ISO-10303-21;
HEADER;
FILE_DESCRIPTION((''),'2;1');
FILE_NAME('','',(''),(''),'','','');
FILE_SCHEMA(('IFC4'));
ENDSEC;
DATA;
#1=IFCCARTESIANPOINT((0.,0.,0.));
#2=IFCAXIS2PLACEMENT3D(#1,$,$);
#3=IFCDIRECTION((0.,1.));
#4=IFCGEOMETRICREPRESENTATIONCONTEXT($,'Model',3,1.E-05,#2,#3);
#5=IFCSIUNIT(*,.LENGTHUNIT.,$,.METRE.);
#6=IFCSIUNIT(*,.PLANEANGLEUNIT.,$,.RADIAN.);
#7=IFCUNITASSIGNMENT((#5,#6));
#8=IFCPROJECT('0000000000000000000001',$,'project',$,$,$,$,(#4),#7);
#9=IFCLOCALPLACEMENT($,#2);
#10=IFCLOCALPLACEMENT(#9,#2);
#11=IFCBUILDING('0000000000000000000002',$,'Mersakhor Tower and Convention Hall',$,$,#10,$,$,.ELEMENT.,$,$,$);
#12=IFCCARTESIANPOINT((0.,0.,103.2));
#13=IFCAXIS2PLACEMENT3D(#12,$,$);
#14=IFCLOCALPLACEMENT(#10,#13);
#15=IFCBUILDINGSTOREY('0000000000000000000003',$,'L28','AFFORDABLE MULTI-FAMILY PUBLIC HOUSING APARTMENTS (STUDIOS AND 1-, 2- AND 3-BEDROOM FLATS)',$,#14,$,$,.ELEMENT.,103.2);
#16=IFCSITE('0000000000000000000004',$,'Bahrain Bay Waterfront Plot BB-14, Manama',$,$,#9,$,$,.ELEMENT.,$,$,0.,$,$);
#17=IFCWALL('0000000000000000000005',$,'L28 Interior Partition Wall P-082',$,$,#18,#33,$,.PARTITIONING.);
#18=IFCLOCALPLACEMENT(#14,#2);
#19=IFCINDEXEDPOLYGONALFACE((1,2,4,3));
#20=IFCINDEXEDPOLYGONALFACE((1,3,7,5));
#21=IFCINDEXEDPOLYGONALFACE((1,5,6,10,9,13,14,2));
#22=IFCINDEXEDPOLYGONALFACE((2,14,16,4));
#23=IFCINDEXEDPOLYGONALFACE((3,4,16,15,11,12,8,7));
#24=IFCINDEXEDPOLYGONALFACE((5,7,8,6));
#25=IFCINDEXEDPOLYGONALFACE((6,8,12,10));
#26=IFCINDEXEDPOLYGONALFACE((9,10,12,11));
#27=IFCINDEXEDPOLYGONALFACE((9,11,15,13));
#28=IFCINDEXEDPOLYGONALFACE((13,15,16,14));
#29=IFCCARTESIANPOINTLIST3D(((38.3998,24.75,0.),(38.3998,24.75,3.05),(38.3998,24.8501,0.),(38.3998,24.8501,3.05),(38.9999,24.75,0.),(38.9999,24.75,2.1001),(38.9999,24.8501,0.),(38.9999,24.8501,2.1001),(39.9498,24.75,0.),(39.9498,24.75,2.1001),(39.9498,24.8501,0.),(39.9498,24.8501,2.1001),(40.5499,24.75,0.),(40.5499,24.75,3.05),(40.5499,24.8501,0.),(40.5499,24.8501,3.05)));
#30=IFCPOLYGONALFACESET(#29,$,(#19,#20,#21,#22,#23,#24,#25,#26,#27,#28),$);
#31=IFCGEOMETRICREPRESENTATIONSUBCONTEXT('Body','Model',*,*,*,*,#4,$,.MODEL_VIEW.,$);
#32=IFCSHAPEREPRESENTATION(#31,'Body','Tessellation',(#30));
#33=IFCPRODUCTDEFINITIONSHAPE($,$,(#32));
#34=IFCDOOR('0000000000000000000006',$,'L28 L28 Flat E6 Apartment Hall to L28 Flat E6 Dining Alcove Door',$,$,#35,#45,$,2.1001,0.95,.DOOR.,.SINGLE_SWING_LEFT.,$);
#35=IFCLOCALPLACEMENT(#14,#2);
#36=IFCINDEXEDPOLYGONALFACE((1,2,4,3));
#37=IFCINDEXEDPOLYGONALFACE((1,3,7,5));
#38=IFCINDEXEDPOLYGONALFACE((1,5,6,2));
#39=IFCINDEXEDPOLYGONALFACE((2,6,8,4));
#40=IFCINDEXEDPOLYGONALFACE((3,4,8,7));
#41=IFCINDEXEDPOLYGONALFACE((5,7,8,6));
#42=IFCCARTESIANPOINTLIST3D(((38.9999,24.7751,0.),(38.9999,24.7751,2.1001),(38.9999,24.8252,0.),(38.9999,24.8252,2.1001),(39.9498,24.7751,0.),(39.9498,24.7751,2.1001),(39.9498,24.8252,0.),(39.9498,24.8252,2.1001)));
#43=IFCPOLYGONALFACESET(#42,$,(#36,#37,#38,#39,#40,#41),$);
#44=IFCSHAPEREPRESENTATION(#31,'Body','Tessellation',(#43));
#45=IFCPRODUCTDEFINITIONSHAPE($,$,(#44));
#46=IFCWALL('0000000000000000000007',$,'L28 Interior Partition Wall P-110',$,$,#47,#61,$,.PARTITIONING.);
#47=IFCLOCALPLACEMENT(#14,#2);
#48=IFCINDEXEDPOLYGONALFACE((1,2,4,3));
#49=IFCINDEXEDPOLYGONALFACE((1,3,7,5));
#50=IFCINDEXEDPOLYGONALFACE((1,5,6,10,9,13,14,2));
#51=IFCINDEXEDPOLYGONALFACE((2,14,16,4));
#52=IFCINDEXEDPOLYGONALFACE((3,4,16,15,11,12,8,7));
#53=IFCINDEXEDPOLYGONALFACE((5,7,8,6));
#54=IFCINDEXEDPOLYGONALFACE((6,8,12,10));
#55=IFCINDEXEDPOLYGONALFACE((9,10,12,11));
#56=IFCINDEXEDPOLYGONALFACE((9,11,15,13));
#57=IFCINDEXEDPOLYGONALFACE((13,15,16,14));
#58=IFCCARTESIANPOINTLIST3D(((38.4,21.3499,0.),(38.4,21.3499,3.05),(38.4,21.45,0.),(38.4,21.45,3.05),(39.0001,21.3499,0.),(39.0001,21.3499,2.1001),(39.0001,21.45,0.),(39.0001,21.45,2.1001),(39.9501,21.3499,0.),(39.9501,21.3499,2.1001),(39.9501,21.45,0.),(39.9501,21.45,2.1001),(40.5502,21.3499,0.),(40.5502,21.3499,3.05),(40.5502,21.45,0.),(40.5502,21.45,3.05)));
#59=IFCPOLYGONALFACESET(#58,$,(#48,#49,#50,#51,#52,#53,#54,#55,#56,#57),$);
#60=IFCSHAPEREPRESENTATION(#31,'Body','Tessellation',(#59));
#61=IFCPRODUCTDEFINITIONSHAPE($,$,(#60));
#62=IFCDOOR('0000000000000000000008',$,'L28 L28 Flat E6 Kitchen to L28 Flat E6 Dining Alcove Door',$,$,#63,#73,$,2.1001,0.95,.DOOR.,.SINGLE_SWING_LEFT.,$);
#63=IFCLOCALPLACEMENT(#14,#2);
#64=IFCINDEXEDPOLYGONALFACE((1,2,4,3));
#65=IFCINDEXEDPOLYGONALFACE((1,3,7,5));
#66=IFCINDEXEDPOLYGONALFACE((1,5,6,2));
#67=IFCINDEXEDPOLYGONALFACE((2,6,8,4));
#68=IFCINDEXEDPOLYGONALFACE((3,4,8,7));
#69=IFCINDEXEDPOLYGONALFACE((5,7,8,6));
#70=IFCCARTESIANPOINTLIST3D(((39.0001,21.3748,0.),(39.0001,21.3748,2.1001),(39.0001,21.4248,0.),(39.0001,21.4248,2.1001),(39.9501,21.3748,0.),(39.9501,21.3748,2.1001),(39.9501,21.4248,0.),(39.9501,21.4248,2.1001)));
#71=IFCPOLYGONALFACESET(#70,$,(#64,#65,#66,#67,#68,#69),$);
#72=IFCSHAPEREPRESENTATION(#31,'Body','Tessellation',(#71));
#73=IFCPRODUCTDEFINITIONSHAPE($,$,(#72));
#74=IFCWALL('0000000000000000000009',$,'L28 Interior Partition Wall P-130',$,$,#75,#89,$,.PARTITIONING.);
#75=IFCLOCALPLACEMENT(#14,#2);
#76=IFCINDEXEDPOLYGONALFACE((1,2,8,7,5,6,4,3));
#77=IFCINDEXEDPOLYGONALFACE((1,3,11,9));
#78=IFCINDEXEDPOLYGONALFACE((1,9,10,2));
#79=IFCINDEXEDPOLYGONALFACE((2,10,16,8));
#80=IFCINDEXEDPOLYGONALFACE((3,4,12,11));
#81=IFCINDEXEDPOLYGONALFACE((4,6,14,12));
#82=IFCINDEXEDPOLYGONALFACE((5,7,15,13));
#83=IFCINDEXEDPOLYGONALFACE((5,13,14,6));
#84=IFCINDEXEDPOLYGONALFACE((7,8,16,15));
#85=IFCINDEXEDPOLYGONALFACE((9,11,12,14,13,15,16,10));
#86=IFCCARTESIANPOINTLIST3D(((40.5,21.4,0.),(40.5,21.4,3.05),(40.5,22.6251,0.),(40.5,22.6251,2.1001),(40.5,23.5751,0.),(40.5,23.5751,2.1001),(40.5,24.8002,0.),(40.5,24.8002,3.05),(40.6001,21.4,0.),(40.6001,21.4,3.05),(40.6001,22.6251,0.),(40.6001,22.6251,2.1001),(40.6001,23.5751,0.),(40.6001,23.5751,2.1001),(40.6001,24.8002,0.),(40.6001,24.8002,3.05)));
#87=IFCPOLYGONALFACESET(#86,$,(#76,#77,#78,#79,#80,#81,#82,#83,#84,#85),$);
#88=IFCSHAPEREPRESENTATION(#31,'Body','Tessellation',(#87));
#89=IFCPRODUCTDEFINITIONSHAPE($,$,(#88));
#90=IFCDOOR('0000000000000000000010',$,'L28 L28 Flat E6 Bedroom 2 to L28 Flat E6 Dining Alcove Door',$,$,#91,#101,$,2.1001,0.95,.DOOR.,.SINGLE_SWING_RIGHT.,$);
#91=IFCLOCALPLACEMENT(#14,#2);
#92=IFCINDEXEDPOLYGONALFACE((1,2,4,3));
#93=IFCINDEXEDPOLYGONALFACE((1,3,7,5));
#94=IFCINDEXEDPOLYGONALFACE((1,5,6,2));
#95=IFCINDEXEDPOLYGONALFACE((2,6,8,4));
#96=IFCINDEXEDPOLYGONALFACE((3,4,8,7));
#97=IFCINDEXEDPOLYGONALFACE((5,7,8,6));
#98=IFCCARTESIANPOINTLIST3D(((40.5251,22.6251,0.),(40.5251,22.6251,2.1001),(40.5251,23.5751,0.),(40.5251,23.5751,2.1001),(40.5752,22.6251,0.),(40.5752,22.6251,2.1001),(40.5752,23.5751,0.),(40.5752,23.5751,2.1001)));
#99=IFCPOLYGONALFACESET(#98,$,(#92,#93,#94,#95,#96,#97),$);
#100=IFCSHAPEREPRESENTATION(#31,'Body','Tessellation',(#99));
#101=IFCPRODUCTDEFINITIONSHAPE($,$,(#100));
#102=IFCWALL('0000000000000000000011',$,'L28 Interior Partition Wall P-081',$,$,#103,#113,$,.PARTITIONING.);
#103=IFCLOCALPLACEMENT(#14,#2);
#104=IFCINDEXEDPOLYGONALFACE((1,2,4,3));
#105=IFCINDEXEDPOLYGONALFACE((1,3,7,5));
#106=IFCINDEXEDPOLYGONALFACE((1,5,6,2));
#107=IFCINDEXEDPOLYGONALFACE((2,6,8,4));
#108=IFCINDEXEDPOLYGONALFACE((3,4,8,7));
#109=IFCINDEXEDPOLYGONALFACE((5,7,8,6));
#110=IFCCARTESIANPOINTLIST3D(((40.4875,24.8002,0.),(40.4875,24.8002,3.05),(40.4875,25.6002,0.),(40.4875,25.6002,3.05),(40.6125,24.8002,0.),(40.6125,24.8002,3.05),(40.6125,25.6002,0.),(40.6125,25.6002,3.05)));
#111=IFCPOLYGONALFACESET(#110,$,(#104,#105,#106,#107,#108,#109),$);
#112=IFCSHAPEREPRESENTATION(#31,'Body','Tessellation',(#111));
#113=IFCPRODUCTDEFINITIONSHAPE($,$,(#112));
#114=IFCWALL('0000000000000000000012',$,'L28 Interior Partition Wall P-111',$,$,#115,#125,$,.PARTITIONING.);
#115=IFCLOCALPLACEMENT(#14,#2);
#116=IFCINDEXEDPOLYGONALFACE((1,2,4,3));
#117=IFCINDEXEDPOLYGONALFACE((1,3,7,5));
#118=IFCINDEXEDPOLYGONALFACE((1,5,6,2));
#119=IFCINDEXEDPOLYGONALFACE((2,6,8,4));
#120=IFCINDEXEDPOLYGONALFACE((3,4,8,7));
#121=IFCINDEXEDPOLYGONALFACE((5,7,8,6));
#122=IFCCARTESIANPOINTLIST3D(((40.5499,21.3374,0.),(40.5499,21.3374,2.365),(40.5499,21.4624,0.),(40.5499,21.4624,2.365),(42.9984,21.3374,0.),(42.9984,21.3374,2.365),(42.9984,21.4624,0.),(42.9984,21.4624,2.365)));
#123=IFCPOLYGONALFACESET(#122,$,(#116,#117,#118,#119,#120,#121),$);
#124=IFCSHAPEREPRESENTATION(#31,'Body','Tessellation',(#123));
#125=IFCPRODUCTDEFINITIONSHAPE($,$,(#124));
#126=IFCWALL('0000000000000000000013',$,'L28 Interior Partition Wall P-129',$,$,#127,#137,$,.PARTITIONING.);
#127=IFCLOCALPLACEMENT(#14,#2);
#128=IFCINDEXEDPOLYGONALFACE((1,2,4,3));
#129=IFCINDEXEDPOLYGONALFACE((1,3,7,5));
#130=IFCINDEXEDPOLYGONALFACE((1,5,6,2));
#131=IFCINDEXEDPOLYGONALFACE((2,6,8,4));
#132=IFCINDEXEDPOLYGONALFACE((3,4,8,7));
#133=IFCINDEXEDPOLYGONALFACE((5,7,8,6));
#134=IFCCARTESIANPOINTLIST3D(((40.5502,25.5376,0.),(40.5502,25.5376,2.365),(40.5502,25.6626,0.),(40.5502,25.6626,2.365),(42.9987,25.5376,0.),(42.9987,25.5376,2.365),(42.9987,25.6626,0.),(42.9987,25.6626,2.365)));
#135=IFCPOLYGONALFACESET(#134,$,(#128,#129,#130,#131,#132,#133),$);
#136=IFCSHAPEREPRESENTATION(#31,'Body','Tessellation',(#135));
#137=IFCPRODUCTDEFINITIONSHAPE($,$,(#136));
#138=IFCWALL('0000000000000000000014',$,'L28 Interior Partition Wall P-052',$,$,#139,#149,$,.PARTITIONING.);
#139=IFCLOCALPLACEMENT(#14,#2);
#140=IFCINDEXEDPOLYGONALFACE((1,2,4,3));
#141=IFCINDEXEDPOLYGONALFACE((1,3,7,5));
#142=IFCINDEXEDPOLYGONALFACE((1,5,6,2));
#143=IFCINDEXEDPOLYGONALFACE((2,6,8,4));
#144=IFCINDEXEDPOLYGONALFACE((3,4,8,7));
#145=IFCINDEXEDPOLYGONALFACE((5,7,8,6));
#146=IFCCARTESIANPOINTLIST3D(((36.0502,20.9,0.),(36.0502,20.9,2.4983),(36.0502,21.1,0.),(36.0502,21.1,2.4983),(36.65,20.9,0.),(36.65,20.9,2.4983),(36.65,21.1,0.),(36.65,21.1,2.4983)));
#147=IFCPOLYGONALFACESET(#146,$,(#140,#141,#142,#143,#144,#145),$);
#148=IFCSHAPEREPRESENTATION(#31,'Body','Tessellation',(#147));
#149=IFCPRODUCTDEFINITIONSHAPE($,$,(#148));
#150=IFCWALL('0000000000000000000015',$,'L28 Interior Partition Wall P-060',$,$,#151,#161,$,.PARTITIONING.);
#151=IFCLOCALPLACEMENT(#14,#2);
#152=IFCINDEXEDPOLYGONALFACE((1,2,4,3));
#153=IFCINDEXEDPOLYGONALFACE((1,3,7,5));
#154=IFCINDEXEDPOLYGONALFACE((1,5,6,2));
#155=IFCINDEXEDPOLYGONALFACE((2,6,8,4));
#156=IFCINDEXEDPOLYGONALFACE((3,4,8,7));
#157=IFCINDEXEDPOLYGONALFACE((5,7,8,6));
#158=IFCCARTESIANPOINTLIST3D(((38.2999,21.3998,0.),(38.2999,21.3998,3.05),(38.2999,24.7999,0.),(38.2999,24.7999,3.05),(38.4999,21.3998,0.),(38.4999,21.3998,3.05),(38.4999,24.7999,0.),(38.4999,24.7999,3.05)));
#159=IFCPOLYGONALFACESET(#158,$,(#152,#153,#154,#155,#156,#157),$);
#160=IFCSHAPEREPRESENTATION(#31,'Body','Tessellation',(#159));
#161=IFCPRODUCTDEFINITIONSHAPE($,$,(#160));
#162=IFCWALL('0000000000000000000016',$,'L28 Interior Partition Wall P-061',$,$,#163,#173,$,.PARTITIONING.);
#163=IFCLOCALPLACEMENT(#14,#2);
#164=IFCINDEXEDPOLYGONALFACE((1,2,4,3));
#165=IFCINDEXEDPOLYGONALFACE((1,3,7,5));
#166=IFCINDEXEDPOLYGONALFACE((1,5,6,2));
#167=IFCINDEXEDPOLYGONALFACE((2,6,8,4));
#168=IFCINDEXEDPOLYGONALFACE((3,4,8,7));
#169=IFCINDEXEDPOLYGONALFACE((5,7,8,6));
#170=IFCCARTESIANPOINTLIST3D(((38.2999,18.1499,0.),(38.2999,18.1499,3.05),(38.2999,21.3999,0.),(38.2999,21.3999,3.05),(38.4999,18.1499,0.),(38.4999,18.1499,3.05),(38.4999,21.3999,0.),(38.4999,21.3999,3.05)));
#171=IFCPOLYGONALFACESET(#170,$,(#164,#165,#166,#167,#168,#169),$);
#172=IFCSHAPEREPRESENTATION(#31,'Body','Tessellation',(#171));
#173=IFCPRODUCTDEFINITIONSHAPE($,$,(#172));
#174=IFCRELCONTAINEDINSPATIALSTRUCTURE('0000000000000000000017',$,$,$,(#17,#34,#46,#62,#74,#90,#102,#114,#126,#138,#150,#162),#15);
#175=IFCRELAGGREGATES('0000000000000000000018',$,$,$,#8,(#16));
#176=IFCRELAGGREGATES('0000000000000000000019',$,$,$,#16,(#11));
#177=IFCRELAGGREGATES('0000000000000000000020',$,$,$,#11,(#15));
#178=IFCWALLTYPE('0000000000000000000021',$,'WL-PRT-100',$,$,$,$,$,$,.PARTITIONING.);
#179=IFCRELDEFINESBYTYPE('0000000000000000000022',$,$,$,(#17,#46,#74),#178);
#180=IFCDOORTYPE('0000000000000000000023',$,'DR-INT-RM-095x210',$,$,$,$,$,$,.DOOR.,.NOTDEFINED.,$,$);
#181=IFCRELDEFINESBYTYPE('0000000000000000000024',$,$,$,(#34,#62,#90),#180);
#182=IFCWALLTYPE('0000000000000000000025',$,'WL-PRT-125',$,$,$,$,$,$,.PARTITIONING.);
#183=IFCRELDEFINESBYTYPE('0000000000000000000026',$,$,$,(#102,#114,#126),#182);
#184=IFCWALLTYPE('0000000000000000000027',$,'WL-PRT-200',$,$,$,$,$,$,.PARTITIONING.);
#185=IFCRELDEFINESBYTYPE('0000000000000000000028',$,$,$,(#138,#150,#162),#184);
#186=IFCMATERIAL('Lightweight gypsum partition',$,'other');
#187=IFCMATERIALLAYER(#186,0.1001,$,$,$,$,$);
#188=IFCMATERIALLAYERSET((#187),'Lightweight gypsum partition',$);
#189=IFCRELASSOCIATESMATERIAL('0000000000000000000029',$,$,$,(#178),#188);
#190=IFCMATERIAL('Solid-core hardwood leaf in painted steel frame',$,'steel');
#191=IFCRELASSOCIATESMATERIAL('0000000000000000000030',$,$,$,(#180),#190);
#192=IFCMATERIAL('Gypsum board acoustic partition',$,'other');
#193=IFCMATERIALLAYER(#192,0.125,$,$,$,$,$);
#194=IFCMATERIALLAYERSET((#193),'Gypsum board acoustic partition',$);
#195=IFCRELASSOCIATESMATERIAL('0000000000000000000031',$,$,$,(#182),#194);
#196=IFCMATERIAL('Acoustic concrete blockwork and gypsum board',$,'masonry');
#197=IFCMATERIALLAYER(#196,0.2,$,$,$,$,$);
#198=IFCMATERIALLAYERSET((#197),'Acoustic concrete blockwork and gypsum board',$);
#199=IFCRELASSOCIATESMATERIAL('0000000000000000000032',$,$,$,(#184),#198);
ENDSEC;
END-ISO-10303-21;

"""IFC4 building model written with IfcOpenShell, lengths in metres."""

from ifc_helpers import new_model, si_unit, direction, frame, frame_2d, origin, place, context, subcontext, project, spatial, rectangle, extrude, material, layer, layer_set, type_object, element, fill, save


model = new_model("IFC4")

# Units and contexts
model_context = context("Model", 3, precision=1e-05, world=origin(), true_north=direction((0.0, 1.0)))
body_context = subcontext(model_context, "Body", "Model", "MODEL_VIEW")
ifc_project = project(units=[si_unit("LENGTHUNIT", "METRE"), si_unit("PLANEANGLEUNIT", "RADIAN")], contexts=[model_context])

# Site, building, storey
site_placement = place(None, origin())
site = spatial("IfcSite", under=ifc_project, at=site_placement, Name="Bahrain Bay Waterfront Plot BB-14, Manama", CompositionType="ELEMENT", RefElevation=0.0)
building_placement = place(site_placement, origin())
building = spatial("IfcBuilding", under=site, at=building_placement, Name="Mersakhor Tower and Convention Hall", CompositionType="ELEMENT")
storey_placement = place(building_placement, frame((0.0, 0.0, 103.2)))
storey = spatial("IfcBuildingStorey", under=building, at=storey_placement, Name="L28", Description="AFFORDABLE MULTI-FAMILY PUBLIC HOUSING APARTMENTS (STUDIOS AND 1-, 2- AND 3-BEDROOM FLATS)", CompositionType="ELEMENT", Elevation=103.2)

# Walls, openings, doors
ifc_material_1 = material(Name="Lightweight gypsum partition", Category="other")
ifc_layer_1 = layer(ifc_material_1, 0.1001)
ifc_layer_set_1 = layer_set([ifc_layer_1], Name="Lightweight gypsum partition")
wall_type_1 = type_object("IfcWallType", Name="WL-PRT-100", PredefinedType="PARTITIONING", material=ifc_layer_set_1)
wall_1_placement = place(storey_placement, frame((40.55, 24.8, 0.0), z_axis=(0.0, 0.0, 1.0), x_axis=(-1.0, 0.0, 0.0)))
wall_1 = element("IfcWall", 1, at=wall_1_placement, inside=storey, type_object=wall_type_1, Name="L28 Interior Partition Wall P-082", PredefinedType="PARTITIONING", context=body_context, shape_type="SweptSolid", body=[
    extrude(rectangle(XDim=2.1501, YDim=0.1001, at=frame_2d((1.0752, 0.0))), origin(), (0.0, 0.0, 1.0), 3.05),
])
opening_1_placement = place(wall_1_placement, frame((0.6001, 0.0, 0.0)))
opening_1 = element("IfcOpeningElement", 2, at=opening_1_placement, cuts=wall_1, PredefinedType="OPENING", context=body_context, shape_type="SweptSolid", body=[
    extrude(rectangle(XDim=0.95, YDim=2.1001, at=frame_2d((0.4751, 1.05))), frame((0.0, 0.0601, 0.0), z_axis=(0.0, -1.0, 0.0), x_axis=(1.0, 0.0, 0.0)), (0.0, 0.0, 1.0), 0.1201),
])
ifc_material_2 = material(Name="Solid-core hardwood leaf in painted steel frame", Category="steel")
door_type = type_object("IfcDoorType", Name="DR-INT-RM-095x210", OperationType="NOTDEFINED", PredefinedType="DOOR", material=ifc_material_2)
door_1_placement = place(opening_1_placement, origin())
door_1 = element("IfcDoor", 3, at=door_1_placement, inside=storey, type_object=door_type, Name="L28 L28 Flat E6 Apartment Hall to L28 Flat E6 Dining Alcove Door", OperationType="SINGLE_SWING_LEFT", OverallHeight=2.1001, OverallWidth=0.95, PredefinedType="DOOR", context=body_context, shape_type="SweptSolid", body=[
    extrude(rectangle(XDim=0.95, YDim=2.1001, at=frame_2d((0.4751, 1.05))), frame((0.0, 0.0249, 0.0), z_axis=(0.0, -1.0, 0.0), x_axis=(1.0, 0.0, 0.0)), (0.0, 0.0, 1.0), 0.05),
])
fill(opening_1, door_1)
wall_2_placement = place(storey_placement, frame((38.3999, 21.3999, 0.0), z_axis=(0.0, 0.0, 1.0), x_axis=(1.0, 0.0, 0.0)))
wall_2 = element("IfcWall", 4, at=wall_2_placement, inside=storey, type_object=wall_type_1, Name="L28 Interior Partition Wall P-110", PredefinedType="PARTITIONING", context=body_context, shape_type="SweptSolid", body=[
    extrude(rectangle(XDim=2.1501, YDim=0.1001, at=frame_2d((1.0752, 0.0))), origin(), (0.0, 0.0, 1.0), 3.05),
])
opening_2_placement = place(wall_2_placement, frame((0.6001, 0.0, 0.0)))
opening_2 = element("IfcOpeningElement", 5, at=opening_2_placement, cuts=wall_2, PredefinedType="OPENING", context=body_context, shape_type="SweptSolid", body=[
    extrude(rectangle(XDim=0.95, YDim=2.1001, at=frame_2d((0.4751, 1.05))), frame((0.0, 0.0601, 0.0), z_axis=(0.0, -1.0, 0.0), x_axis=(1.0, 0.0, 0.0)), (0.0, 0.0, 1.0), 0.1201),
])
door_2_placement = place(opening_2_placement, origin())
door_2 = element("IfcDoor", 6, at=door_2_placement, inside=storey, type_object=door_type, Name="L28 L28 Flat E6 Kitchen to L28 Flat E6 Dining Alcove Door", OperationType="SINGLE_SWING_LEFT", OverallHeight=2.1001, OverallWidth=0.95, PredefinedType="DOOR", context=body_context, shape_type="SweptSolid", body=[
    extrude(rectangle(XDim=0.95, YDim=2.1001, at=frame_2d((0.4751, 1.05))), frame((0.0, 0.0249, 0.0), z_axis=(0.0, -1.0, 0.0), x_axis=(1.0, 0.0, 0.0)), (0.0, 0.0, 1.0), 0.05),
])
fill(opening_2, door_2)
wall_3_placement = place(storey_placement, frame((40.55, 21.3999, 0.0), z_axis=(0.0, 0.0, 1.0), x_axis=(0.0, 1.0, 0.0)))
wall_3 = element("IfcWall", 7, at=wall_3_placement, inside=storey, type_object=wall_type_1, Name="L28 Interior Partition Wall P-130", PredefinedType="PARTITIONING", context=body_context, shape_type="SweptSolid", body=[
    extrude(rectangle(XDim=3.4001, YDim=0.1001, at=frame_2d((1.7002, 0.0))), origin(), (0.0, 0.0, 1.0), 3.05),
])
opening_3_placement = place(wall_3_placement, frame((1.2251, 0.0, 0.0)))
opening_3 = element("IfcOpeningElement", 8, at=opening_3_placement, cuts=wall_3, PredefinedType="OPENING", context=body_context, shape_type="SweptSolid", body=[
    extrude(rectangle(XDim=0.95, YDim=2.1001, at=frame_2d((0.4751, 1.05))), frame((0.0, 0.0601, 0.0), z_axis=(0.0, -1.0, 0.0), x_axis=(1.0, 0.0, 0.0)), (0.0, 0.0, 1.0), 0.1201),
])
door_3_placement = place(opening_3_placement, origin())
door_3 = element("IfcDoor", 9, at=door_3_placement, inside=storey, type_object=door_type, Name="L28 L28 Flat E6 Bedroom 2 to L28 Flat E6 Dining Alcove Door", OperationType="SINGLE_SWING_RIGHT", OverallHeight=2.1001, OverallWidth=0.95, PredefinedType="DOOR", context=body_context, shape_type="SweptSolid", body=[
    extrude(rectangle(XDim=0.95, YDim=2.1001, at=frame_2d((0.4751, 1.05))), frame((0.0, 0.0249, 0.0), z_axis=(0.0, -1.0, 0.0), x_axis=(1.0, 0.0, 0.0)), (0.0, 0.0, 1.0), 0.05),
])
fill(opening_3, door_3)

# Walls
ifc_material_3 = material(Name="Gypsum board acoustic partition", Category="other")
ifc_layer_2 = layer(ifc_material_3, 0.125)
ifc_layer_set_2 = layer_set([ifc_layer_2], Name="Gypsum board acoustic partition")
wall_type_2 = type_object("IfcWallType", Name="WL-PRT-125", PredefinedType="PARTITIONING", material=ifc_layer_set_2)
wall_4_placement = place(storey_placement, frame((40.55, 25.6001, 0.0), z_axis=(0.0, 0.0, 1.0), x_axis=(0.0, -1.0, 0.0)))
element("IfcWall", 10, at=wall_4_placement, inside=storey, type_object=wall_type_2, Name="L28 Interior Partition Wall P-081", PredefinedType="PARTITIONING", context=body_context, shape_type="SweptSolid", body=[
    extrude(rectangle(XDim=0.8, YDim=0.125, at=frame_2d((0.3999, 0.0))), origin(), (0.0, 0.0, 1.0), 3.05),
])
for number, where, z_axis, x_axis, name in (
    (11, (40.55, 21.3999, 0.0), (0.0, 0.0, 1.0), (1.0, 0.0, 0.0), "L28 Interior Partition Wall P-111"),
    (12, (42.9985, 25.6001, 0.0), (0.0, 0.0, 1.0), (-1.0, 0.0, 0.0), "L28 Interior Partition Wall P-129"),
):
    element("IfcWall", number, at=place(storey_placement, frame(where, z_axis=z_axis, x_axis=x_axis)), inside=storey, type_object=wall_type_2, Name=name, PredefinedType="PARTITIONING", context=body_context, shape_type="SweptSolid", body=[
        extrude(rectangle(XDim=2.4485, YDim=0.125, at=frame_2d((1.2241, 0.0))), origin(), (0.0, 0.0, 1.0), 2.365),
    ])
ifc_material_4 = material(Name="Acoustic concrete blockwork and gypsum board", Category="masonry")
ifc_layer_3 = layer(ifc_material_4, 0.2)
ifc_layer_set_3 = layer_set([ifc_layer_3], Name="Acoustic concrete blockwork and gypsum board")
wall_type_3 = type_object("IfcWallType", Name="WL-PRT-200", PredefinedType="PARTITIONING", material=ifc_layer_set_3)
wall_5_placement = place(storey_placement, frame((36.6499, 21.0, 0.0), z_axis=(0.0, 0.0, 1.0), x_axis=(-1.0, 0.0, 0.0)))
element("IfcWall", 13, at=wall_5_placement, inside=storey, type_object=wall_type_3, Name="L28 Interior Partition Wall P-052", PredefinedType="PARTITIONING", context=body_context, shape_type="SweptSolid", body=[
    extrude(rectangle(XDim=0.5999, YDim=0.2, at=frame_2d((0.2998, 0.0))), origin(), (0.0, 0.0, 1.0), 2.4983),
])
wall_6_placement = place(storey_placement, frame((38.3999, 24.8, 0.0), z_axis=(0.0, 0.0, 1.0), x_axis=(0.0, -1.0, 0.0)))
element("IfcWall", 14, at=wall_6_placement, inside=storey, type_object=wall_type_3, Name="L28 Interior Partition Wall P-060", PredefinedType="PARTITIONING", context=body_context, shape_type="SweptSolid", body=[
    extrude(rectangle(XDim=3.4001, YDim=0.2, at=frame_2d((1.7002, 0.0))), origin(), (0.0, 0.0, 1.0), 3.05),
])
wall_7_placement = place(storey_placement, frame((38.3999, 21.3999, 0.0), z_axis=(0.0, 0.0, 1.0), x_axis=(0.0, -1.0, 0.0)))
element("IfcWall", 15, at=wall_7_placement, inside=storey, type_object=wall_type_3, Name="L28 Interior Partition Wall P-061", PredefinedType="PARTITIONING", context=body_context, shape_type="SweptSolid", body=[
    extrude(rectangle(XDim=3.25, YDim=0.2, at=frame_2d((1.625, 0.0))), origin(), (0.0, 0.0, 1.0), 3.05),
])

save(model, "model.ifc")
